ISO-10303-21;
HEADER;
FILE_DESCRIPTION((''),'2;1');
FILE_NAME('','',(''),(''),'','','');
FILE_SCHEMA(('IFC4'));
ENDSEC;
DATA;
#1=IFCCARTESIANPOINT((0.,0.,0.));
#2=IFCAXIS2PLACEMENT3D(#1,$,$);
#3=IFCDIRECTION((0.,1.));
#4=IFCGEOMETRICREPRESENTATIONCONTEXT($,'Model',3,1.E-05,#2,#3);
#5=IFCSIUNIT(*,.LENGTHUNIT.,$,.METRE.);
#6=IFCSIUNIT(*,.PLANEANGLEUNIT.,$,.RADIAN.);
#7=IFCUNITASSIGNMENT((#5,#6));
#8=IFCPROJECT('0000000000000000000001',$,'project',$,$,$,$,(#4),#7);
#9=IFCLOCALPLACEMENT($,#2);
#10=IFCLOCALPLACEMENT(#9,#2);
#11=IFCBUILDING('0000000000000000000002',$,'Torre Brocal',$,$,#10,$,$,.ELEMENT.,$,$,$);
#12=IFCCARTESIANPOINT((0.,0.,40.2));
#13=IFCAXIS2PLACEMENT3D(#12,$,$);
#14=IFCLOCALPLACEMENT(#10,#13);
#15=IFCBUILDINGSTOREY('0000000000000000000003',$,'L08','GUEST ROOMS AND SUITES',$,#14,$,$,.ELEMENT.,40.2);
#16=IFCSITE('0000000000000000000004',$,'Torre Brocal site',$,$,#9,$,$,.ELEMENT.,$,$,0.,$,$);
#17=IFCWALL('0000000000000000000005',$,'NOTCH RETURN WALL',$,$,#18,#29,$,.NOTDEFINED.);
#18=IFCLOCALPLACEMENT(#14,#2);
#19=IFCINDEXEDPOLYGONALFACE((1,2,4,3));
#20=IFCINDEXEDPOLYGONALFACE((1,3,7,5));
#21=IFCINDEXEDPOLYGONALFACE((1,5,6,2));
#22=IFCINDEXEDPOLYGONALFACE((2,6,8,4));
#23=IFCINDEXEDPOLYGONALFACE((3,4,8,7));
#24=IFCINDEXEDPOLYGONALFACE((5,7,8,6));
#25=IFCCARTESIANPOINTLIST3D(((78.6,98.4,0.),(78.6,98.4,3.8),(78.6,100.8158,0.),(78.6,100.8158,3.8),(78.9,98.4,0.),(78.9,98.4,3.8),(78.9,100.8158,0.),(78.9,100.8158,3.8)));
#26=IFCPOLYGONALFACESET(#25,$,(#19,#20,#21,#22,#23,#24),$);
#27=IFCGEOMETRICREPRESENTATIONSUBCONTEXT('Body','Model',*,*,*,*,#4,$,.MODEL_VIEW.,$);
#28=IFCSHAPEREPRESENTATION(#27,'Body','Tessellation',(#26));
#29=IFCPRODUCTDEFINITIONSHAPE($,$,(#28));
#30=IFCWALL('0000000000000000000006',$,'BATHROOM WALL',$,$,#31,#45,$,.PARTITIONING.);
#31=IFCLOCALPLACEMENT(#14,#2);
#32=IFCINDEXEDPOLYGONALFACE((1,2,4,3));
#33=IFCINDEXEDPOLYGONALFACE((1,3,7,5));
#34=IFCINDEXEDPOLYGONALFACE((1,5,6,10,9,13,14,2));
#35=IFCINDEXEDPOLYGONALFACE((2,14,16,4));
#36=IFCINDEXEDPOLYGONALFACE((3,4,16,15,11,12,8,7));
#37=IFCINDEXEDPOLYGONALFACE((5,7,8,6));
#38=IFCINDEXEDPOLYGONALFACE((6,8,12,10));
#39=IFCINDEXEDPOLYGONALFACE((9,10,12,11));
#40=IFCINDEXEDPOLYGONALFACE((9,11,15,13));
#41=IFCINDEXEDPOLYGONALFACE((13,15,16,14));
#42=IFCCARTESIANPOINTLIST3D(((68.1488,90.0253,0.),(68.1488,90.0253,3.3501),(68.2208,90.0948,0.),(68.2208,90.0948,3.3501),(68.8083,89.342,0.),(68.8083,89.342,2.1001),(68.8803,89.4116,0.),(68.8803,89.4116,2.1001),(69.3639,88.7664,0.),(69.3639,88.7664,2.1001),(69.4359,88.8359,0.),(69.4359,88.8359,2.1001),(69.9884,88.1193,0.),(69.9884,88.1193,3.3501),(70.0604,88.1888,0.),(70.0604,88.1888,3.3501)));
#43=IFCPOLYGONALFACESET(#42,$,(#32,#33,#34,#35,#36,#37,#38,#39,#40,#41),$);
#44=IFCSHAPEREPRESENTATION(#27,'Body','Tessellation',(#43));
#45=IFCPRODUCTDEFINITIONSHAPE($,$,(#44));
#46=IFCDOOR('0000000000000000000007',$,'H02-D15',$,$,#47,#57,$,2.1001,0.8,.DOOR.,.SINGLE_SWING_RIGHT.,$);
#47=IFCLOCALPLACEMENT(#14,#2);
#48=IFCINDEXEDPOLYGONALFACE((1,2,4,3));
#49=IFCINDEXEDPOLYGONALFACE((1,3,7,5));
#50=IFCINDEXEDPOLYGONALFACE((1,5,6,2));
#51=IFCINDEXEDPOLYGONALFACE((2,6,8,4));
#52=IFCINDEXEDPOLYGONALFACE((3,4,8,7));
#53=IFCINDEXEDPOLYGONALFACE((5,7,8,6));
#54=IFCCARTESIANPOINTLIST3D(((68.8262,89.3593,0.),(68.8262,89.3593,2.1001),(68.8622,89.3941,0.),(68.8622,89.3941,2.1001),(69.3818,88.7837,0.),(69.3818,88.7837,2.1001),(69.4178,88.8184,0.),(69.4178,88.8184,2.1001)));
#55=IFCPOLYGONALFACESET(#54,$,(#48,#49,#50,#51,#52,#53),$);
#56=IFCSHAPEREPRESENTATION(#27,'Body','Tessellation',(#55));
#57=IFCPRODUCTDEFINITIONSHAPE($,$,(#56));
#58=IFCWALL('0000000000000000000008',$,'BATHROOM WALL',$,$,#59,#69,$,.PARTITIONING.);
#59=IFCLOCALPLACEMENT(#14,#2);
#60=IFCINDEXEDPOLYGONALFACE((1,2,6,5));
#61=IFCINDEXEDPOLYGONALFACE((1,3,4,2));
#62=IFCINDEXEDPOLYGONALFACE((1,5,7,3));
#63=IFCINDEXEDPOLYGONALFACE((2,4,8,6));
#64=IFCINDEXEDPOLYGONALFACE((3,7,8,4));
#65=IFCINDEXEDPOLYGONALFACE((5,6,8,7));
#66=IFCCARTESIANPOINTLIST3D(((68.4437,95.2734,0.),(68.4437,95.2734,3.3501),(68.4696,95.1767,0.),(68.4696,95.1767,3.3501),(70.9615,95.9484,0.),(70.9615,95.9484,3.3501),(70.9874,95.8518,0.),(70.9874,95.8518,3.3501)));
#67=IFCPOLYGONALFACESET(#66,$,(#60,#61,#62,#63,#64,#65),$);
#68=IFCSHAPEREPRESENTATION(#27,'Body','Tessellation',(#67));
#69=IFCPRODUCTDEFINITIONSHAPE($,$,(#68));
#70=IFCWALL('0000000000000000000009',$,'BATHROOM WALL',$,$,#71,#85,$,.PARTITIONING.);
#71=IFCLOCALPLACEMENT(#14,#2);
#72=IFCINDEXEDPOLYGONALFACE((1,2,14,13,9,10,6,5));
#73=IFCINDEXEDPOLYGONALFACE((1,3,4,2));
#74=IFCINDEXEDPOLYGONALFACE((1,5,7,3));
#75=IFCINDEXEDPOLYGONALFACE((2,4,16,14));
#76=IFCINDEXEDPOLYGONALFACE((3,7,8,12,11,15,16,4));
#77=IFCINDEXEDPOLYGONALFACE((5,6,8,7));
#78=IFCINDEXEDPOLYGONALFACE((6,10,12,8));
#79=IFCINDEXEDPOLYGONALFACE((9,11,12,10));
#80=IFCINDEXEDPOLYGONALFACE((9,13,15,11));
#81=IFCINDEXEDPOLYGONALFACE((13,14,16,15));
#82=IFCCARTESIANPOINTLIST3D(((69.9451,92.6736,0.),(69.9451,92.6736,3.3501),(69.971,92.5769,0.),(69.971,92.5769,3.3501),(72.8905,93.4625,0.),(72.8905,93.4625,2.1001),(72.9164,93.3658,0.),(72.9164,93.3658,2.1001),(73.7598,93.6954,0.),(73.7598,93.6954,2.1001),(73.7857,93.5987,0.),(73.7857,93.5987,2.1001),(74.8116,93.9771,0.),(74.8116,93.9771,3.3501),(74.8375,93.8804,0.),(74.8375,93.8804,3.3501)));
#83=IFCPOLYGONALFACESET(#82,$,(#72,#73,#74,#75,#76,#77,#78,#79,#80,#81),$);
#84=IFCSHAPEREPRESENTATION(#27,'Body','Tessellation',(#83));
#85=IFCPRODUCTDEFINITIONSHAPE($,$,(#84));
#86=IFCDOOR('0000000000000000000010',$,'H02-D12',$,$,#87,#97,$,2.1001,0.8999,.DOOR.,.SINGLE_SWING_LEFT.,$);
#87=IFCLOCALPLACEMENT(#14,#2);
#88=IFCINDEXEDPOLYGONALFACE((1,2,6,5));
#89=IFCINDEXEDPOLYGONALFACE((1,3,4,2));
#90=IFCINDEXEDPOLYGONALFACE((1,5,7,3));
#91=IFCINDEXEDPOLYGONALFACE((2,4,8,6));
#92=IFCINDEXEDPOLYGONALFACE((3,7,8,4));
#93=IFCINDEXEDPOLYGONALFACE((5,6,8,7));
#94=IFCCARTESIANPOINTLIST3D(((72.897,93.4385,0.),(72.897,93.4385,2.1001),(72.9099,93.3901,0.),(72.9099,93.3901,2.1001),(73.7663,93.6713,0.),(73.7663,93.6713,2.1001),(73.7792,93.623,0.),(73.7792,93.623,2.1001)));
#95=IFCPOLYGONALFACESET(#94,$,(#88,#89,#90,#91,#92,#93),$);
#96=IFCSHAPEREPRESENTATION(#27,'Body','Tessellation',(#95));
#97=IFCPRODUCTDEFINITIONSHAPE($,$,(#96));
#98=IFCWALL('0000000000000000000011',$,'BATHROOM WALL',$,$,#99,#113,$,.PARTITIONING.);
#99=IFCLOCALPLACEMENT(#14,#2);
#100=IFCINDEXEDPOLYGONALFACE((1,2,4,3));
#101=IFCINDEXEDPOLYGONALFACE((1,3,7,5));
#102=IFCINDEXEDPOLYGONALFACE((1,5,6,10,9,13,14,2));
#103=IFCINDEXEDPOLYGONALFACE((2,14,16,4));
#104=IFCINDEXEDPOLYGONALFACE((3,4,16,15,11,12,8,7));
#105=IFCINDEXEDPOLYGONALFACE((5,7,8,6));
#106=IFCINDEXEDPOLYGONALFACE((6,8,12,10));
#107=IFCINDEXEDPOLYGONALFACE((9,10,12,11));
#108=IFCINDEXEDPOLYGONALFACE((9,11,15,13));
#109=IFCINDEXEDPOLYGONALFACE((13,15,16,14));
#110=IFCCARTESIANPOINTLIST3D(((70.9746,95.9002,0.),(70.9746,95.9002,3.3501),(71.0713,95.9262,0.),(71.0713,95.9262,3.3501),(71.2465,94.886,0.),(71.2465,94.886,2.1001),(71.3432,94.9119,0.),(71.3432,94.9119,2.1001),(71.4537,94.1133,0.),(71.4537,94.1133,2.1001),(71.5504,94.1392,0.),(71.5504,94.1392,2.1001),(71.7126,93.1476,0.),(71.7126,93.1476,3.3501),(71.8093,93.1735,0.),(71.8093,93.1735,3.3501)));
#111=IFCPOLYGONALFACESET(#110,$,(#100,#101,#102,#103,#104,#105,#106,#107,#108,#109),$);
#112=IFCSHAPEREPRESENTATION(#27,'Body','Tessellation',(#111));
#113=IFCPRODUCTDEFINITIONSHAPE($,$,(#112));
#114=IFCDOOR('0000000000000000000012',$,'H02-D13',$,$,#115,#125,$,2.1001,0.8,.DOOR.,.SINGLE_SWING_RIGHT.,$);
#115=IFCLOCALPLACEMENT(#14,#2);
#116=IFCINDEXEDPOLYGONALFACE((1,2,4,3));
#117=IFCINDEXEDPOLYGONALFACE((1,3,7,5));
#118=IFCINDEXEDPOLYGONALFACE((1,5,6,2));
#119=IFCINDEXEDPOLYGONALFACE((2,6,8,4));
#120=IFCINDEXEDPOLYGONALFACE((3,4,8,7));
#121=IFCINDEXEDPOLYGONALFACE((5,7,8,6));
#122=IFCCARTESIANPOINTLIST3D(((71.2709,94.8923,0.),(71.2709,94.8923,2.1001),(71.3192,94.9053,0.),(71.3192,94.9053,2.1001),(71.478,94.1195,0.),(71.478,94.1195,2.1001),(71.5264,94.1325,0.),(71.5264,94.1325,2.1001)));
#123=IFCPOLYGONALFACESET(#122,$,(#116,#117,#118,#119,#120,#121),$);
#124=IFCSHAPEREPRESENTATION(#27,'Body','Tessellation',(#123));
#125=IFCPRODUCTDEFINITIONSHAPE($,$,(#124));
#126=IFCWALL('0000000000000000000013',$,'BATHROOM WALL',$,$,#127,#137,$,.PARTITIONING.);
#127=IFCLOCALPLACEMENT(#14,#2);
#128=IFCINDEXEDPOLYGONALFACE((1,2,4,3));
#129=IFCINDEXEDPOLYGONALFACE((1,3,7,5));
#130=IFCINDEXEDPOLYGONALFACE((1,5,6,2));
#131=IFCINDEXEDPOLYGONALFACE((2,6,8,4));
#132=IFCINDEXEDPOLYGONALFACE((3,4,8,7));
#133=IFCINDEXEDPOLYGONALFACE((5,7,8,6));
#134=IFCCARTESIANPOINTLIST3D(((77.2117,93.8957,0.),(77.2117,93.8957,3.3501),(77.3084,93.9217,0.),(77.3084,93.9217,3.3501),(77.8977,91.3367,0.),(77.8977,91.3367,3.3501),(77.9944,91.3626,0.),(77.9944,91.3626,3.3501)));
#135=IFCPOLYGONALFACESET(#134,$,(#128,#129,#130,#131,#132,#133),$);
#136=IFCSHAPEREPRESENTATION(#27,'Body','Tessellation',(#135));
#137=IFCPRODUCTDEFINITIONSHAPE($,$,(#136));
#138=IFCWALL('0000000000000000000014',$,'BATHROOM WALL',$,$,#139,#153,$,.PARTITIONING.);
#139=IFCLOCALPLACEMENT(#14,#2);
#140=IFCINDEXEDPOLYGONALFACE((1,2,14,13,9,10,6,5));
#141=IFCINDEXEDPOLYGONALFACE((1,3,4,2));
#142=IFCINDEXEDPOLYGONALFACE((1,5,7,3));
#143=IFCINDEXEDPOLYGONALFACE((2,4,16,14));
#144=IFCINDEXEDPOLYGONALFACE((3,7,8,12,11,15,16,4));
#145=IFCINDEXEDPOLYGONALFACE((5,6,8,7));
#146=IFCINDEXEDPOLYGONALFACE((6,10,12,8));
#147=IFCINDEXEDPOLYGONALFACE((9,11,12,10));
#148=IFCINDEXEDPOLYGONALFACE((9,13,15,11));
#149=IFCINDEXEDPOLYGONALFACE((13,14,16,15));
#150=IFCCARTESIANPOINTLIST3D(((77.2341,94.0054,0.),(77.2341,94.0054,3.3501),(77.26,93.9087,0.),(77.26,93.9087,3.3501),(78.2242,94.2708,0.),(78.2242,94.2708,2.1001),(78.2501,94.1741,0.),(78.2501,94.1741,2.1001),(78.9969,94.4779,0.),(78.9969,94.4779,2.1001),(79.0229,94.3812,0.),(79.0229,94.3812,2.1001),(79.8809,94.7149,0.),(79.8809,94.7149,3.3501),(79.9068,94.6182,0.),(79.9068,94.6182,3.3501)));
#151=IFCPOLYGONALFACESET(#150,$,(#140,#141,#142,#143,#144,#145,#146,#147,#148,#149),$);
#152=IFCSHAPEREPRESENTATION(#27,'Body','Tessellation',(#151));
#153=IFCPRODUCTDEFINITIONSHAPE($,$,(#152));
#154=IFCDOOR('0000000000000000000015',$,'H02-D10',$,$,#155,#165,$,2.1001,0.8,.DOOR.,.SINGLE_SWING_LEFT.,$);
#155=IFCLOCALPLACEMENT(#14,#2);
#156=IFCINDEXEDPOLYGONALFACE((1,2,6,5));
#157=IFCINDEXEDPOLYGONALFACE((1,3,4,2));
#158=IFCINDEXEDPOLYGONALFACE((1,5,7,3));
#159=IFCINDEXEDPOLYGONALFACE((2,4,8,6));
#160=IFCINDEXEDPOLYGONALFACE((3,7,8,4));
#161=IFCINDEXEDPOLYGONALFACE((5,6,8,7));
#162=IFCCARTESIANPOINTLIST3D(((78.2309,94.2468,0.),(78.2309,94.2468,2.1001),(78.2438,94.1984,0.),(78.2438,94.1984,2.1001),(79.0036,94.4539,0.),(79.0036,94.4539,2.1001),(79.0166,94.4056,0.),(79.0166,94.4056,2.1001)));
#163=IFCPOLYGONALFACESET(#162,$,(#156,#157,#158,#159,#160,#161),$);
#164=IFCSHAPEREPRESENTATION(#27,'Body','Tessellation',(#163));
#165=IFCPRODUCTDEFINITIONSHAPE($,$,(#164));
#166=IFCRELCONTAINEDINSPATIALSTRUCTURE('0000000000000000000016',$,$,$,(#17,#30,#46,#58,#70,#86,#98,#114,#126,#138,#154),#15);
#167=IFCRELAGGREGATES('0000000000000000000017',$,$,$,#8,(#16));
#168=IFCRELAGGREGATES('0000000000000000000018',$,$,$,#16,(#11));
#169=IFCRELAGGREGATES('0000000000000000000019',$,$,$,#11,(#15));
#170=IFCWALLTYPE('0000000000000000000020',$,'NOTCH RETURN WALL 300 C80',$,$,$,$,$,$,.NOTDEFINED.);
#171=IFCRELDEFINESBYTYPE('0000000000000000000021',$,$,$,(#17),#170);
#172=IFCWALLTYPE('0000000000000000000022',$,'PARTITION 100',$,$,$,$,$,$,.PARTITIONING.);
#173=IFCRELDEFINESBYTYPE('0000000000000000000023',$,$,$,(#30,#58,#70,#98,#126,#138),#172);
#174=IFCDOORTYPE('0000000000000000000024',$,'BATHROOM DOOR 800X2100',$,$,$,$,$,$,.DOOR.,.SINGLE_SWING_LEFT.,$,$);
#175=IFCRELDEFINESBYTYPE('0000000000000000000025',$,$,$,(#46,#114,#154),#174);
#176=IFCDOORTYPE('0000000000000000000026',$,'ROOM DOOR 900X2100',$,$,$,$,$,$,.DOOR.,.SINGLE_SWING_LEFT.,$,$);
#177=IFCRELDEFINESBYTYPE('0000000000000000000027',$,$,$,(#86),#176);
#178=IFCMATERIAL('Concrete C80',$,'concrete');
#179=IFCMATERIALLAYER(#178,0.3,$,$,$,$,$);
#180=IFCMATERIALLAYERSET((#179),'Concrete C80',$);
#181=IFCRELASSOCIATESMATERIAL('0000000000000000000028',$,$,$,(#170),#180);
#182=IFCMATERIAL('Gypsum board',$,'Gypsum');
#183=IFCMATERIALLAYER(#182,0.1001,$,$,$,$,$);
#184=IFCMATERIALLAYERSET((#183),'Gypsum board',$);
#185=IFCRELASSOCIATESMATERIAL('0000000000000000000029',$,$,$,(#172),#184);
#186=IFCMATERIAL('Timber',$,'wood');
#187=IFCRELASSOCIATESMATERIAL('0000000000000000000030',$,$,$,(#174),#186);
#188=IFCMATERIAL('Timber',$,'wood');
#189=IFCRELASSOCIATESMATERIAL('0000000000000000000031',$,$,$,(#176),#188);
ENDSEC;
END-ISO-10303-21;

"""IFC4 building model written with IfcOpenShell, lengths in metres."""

from ifc_helpers import new_model, si_unit, direction, frame, frame_2d, origin, place, context, subcontext, project, spatial, rectangle, extrude, material, layer, layer_set, type_object, element, fill, save


model = new_model("IFC4")

# Units and contexts
model_context = context("Model", 3, precision=1e-05, world=origin(), true_north=direction((0.0, 1.0)))
body_context = subcontext(model_context, "Body", "Model", "MODEL_VIEW")
ifc_project = project(units=[si_unit("LENGTHUNIT", "METRE"), si_unit("PLANEANGLEUNIT", "RADIAN")], contexts=[model_context])

# Site, building, storey
site_placement = place(None, origin())
site = spatial("IfcSite", under=ifc_project, at=site_placement, Name="Torre Brocal site", CompositionType="ELEMENT", RefElevation=0.0)
building_placement = place(site_placement, origin())
building = spatial("IfcBuilding", under=site, at=building_placement, Name="Torre Brocal", CompositionType="ELEMENT")
storey_placement = place(building_placement, frame((0.0, 0.0, 40.2)))
storey = spatial("IfcBuildingStorey", under=building, at=storey_placement, Name="L08", Description="GUEST ROOMS AND SUITES", CompositionType="ELEMENT", Elevation=40.2)

# Wall
ifc_material_1 = material(Name="Concrete C80", Category="concrete")
ifc_layer_1 = layer(ifc_material_1, 0.3)
ifc_layer_set_1 = layer_set([ifc_layer_1], Name="Concrete C80")
wall_type_1 = type_object("IfcWallType", Name="NOTCH RETURN WALL 300 C80", PredefinedType="NOTDEFINED", material=ifc_layer_set_1)
wall_1_placement = place(storey_placement, frame((78.75, 98.3999, 0.0), z_axis=(0.0, 0.0, 1.0), x_axis=(0.0, 1.0, 0.0)))
element("IfcWall", 1, at=wall_1_placement, inside=storey, type_object=wall_type_1, Name="NOTCH RETURN WALL", PredefinedType="NOTDEFINED", context=body_context, shape_type="SweptSolid", body=[
    extrude(rectangle(XDim=2.4158, YDim=0.3, at=frame_2d((1.208, 0.0))), origin(), (0.0, 0.0, 1.0), 3.8),
])

# Wall, opening, door
ifc_material_2 = material(Name="Gypsum board", Category="Gypsum")
ifc_layer_2 = layer(ifc_material_2, 0.1001)
ifc_layer_set_2 = layer_set([ifc_layer_2], Name="Gypsum board")
wall_type_2 = type_object("IfcWallType", Name="PARTITION 100", PredefinedType="PARTITIONING", material=ifc_layer_set_2)
wall_2_placement = place(storey_placement, frame((68.1848, 90.0601, 0.0), z_axis=(0.0, 0.0, 1.0), x_axis=(0.694461, -0.71953, 0.0)))
wall_2 = element("IfcWall", 2, at=wall_2_placement, inside=storey, type_object=wall_type_2, Name="BATHROOM WALL", PredefinedType="PARTITIONING", context=body_context, shape_type="SweptSolid", body=[
    extrude(rectangle(XDim=2.6489, YDim=0.1001, at=frame_2d((1.3245, 0.0))), origin(), (0.0, 0.0, 1.0), 3.3501),
])
opening_1_placement = place(wall_2_placement, frame((0.9497, 0.0, 0.0)))
opening_1 = element("IfcOpeningElement", 3, at=opening_1_placement, cuts=wall_2, PredefinedType="OPENING", context=body_context, shape_type="SweptSolid", body=[
    extrude(rectangle(XDim=0.8, YDim=2.1001, at=frame_2d((0.3999, 1.05))), frame((0.0, 0.0601, 0.0), z_axis=(0.0, -1.0, 0.0), x_axis=(1.0, 0.0, 0.0)), (0.0, 0.0, 1.0), 0.1201),
])
ifc_material_3 = material(Name="Timber", Category="wood")
door_type_1 = type_object("IfcDoorType", Name="BATHROOM DOOR 800X2100", OperationType="SINGLE_SWING_LEFT", PredefinedType="DOOR", material=ifc_material_3)
door_1_placement = place(opening_1_placement, origin())
door_1 = element("IfcDoor", 4, at=door_1_placement, inside=storey, type_object=door_type_1, Name="H02-D15", OperationType="SINGLE_SWING_RIGHT", OverallHeight=2.1001, OverallWidth=0.8, PredefinedType="DOOR", context=body_context, shape_type="SweptSolid", body=[
    extrude(rectangle(XDim=0.8, YDim=2.1001, at=frame_2d((0.3999, 1.05))), frame((0.0, 0.0249, 0.0), z_axis=(0.0, -1.0, 0.0), x_axis=(1.0, 0.0, 0.0)), (0.0, 0.0, 1.0), 0.05),
])
fill(opening_1, door_1)

# Wall
wall_3_placement = place(storey_placement, frame((68.4568, 95.2251, 0.0), z_axis=(0.0, 0.0, 1.0), x_axis=(0.965887, 0.258962, 0.0)))
element("IfcWall", 5, at=wall_3_placement, inside=storey, type_object=wall_type_2, Name="BATHROOM WALL", PredefinedType="PARTITIONING", context=body_context, shape_type="SweptSolid", body=[
    extrude(rectangle(XDim=2.6067, YDim=0.1001, at=frame_2d((1.3032, 0.0))), origin(), (0.0, 0.0, 1.0), 3.3501),
])

# Walls, openings, doors
wall_4_placement = place(storey_placement, frame((69.958, 92.6252, 0.0), z_axis=(0.0, 0.0, 1.0), x_axis=(0.96595, 0.258727, 0.0)))
wall_4 = element("IfcWall", 6, at=wall_4_placement, inside=storey, type_object=wall_type_2, Name="BATHROOM WALL", PredefinedType="PARTITIONING", context=body_context, shape_type="SweptSolid", body=[
    extrude(rectangle(XDim=5.0381, YDim=0.1001, at=frame_2d((2.519, 0.0))), origin(), (0.0, 0.0, 1.0), 3.3501),
])
opening_2_placement = place(wall_4_placement, frame((3.0493, 0.0, 0.0)))
opening_2 = element("IfcOpeningElement", 7, at=opening_2_placement, cuts=wall_4, PredefinedType="OPENING", context=body_context, shape_type="SweptSolid", body=[
    extrude(rectangle(XDim=0.8999, YDim=2.1001, at=frame_2d((0.45, 1.05))), frame((0.0, 0.0601, 0.0), z_axis=(0.0, -1.0, 0.0), x_axis=(1.0, 0.0, 0.0)), (0.0, 0.0, 1.0), 0.1201),
])
ifc_material_4 = material(Name="Timber", Category="wood")
door_type_2 = type_object("IfcDoorType", Name="ROOM DOOR 900X2100", OperationType="SINGLE_SWING_LEFT", PredefinedType="DOOR", material=ifc_material_4)
door_2_placement = place(opening_2_placement, frame((0.8999, 0.0, 0.0), z_axis=(0.0, 0.0, 1.0), x_axis=(-1.0, 0.0, 0.0)))
door_2 = element("IfcDoor", 8, at=door_2_placement, inside=storey, type_object=door_type_2, Name="H02-D12", OperationType="SINGLE_SWING_LEFT", OverallHeight=2.1001, OverallWidth=0.8999, PredefinedType="DOOR", context=body_context, shape_type="SweptSolid", body=[
    extrude(rectangle(XDim=0.8999, YDim=2.1001, at=frame_2d((0.45, 1.05))), frame((0.0, 0.0249, 0.0), z_axis=(0.0, -1.0, 0.0), x_axis=(1.0, 0.0, 0.0)), (0.0, 0.0, 1.0), 0.05),
])
fill(opening_2, door_2)
wall_5_placement = place(storey_placement, frame((71.0229, 95.9131, 0.0), z_axis=(0.0, 0.0, 1.0), x_axis=(0.258969, -0.965886, 0.0)))
wall_5 = element("IfcWall", 9, at=wall_5_placement, inside=storey, type_object=wall_type_2, Name="BATHROOM WALL", PredefinedType="PARTITIONING", context=body_context, shape_type="SweptSolid", body=[
    extrude(rectangle(XDim=2.8499, YDim=0.1001, at=frame_2d((1.4248, 0.0))), origin(), (0.0, 0.0, 1.0), 3.3501),
])
opening_3_placement = place(wall_5_placement, frame((1.05, 0.0, 0.0)))
opening_3 = element("IfcOpeningElement", 10, at=opening_3_placement, cuts=wall_5, PredefinedType="OPENING", context=body_context, shape_type="SweptSolid", body=[
    extrude(rectangle(XDim=0.8, YDim=2.1001, at=frame_2d((0.3999, 1.05))), frame((0.0, 0.0601, 0.0), z_axis=(0.0, -1.0, 0.0), x_axis=(1.0, 0.0, 0.0)), (0.0, 0.0, 1.0), 0.1201),
])
door_3_placement = place(opening_3_placement, frame((0.8, 0.0, 0.0), z_axis=(0.0, 0.0, 1.0), x_axis=(-1.0, 0.0, 0.0)))
door_3 = element("IfcDoor", 11, at=door_3_placement, inside=storey, type_object=door_type_1, Name="H02-D13", OperationType="SINGLE_SWING_RIGHT", OverallHeight=2.1001, OverallWidth=0.8, PredefinedType="DOOR", context=body_context, shape_type="SweptSolid", body=[
    extrude(rectangle(XDim=0.8, YDim=2.1001, at=frame_2d((0.3999, 1.05))), frame((0.0, 0.0249, 0.0), z_axis=(0.0, -1.0, 0.0), x_axis=(1.0, 0.0, 0.0)), (0.0, 0.0, 1.0), 0.05),
])
fill(opening_3, door_3)

# Wall
wall_6_placement = place(storey_placement, frame((77.26, 93.9087, 0.0), z_axis=(0.0, 0.0, 1.0), x_axis=(0.258936, -0.965895, 0.0)))
element("IfcWall", 12, at=wall_6_placement, inside=storey, type_object=wall_type_2, Name="BATHROOM WALL", PredefinedType="PARTITIONING", context=body_context, shape_type="SweptSolid", body=[
    extrude(rectangle(XDim=2.6494, YDim=0.1001, at=frame_2d((1.3247, 0.0))), origin(), (0.0, 0.0, 1.0), 3.3501),
])

# Wall, opening, door
wall_7_placement = place(storey_placement, frame((77.2471, 93.957, 0.0), z_axis=(0.0, 0.0, 1.0), x_axis=(0.9659, 0.258916, 0.0)))
wall_7 = element("IfcWall", 13, at=wall_7_placement, inside=storey, type_object=wall_type_2, Name="BATHROOM WALL", PredefinedType="PARTITIONING", context=body_context, shape_type="SweptSolid", body=[
    extrude(rectangle(XDim=2.7402, YDim=0.1001, at=frame_2d((1.3701, 0.0))), origin(), (0.0, 0.0, 1.0), 3.3501),
])
opening_4_placement = place(wall_7_placement, frame((1.0251, 0.0, 0.0)))
opening_4 = element("IfcOpeningElement", 14, at=opening_4_placement, cuts=wall_7, PredefinedType="OPENING", context=body_context, shape_type="SweptSolid", body=[
    extrude(rectangle(XDim=0.8, YDim=2.1001, at=frame_2d((0.3999, 1.05))), frame((0.0, 0.0601, 0.0), z_axis=(0.0, -1.0, 0.0), x_axis=(1.0, 0.0, 0.0)), (0.0, 0.0, 1.0), 0.1201),
])
door_4_placement = place(opening_4_placement, frame((0.8, 0.0, 0.0), z_axis=(0.0, 0.0, 1.0), x_axis=(-1.0, 0.0, 0.0)))
door_4 = element("IfcDoor", 15, at=door_4_placement, inside=storey, type_object=door_type_1, Name="H02-D10", OperationType="SINGLE_SWING_LEFT", OverallHeight=2.1001, OverallWidth=0.8, PredefinedType="DOOR", context=body_context, shape_type="SweptSolid", body=[
    extrude(rectangle(XDim=0.8, YDim=2.1001, at=frame_2d((0.3999, 1.05))), frame((0.0, 0.0249, 0.0), z_axis=(0.0, -1.0, 0.0), x_axis=(1.0, 0.0, 0.0)), (0.0, 0.0, 1.0), 0.05),
])
fill(opening_4, door_4)

save(model, "model.ifc")
